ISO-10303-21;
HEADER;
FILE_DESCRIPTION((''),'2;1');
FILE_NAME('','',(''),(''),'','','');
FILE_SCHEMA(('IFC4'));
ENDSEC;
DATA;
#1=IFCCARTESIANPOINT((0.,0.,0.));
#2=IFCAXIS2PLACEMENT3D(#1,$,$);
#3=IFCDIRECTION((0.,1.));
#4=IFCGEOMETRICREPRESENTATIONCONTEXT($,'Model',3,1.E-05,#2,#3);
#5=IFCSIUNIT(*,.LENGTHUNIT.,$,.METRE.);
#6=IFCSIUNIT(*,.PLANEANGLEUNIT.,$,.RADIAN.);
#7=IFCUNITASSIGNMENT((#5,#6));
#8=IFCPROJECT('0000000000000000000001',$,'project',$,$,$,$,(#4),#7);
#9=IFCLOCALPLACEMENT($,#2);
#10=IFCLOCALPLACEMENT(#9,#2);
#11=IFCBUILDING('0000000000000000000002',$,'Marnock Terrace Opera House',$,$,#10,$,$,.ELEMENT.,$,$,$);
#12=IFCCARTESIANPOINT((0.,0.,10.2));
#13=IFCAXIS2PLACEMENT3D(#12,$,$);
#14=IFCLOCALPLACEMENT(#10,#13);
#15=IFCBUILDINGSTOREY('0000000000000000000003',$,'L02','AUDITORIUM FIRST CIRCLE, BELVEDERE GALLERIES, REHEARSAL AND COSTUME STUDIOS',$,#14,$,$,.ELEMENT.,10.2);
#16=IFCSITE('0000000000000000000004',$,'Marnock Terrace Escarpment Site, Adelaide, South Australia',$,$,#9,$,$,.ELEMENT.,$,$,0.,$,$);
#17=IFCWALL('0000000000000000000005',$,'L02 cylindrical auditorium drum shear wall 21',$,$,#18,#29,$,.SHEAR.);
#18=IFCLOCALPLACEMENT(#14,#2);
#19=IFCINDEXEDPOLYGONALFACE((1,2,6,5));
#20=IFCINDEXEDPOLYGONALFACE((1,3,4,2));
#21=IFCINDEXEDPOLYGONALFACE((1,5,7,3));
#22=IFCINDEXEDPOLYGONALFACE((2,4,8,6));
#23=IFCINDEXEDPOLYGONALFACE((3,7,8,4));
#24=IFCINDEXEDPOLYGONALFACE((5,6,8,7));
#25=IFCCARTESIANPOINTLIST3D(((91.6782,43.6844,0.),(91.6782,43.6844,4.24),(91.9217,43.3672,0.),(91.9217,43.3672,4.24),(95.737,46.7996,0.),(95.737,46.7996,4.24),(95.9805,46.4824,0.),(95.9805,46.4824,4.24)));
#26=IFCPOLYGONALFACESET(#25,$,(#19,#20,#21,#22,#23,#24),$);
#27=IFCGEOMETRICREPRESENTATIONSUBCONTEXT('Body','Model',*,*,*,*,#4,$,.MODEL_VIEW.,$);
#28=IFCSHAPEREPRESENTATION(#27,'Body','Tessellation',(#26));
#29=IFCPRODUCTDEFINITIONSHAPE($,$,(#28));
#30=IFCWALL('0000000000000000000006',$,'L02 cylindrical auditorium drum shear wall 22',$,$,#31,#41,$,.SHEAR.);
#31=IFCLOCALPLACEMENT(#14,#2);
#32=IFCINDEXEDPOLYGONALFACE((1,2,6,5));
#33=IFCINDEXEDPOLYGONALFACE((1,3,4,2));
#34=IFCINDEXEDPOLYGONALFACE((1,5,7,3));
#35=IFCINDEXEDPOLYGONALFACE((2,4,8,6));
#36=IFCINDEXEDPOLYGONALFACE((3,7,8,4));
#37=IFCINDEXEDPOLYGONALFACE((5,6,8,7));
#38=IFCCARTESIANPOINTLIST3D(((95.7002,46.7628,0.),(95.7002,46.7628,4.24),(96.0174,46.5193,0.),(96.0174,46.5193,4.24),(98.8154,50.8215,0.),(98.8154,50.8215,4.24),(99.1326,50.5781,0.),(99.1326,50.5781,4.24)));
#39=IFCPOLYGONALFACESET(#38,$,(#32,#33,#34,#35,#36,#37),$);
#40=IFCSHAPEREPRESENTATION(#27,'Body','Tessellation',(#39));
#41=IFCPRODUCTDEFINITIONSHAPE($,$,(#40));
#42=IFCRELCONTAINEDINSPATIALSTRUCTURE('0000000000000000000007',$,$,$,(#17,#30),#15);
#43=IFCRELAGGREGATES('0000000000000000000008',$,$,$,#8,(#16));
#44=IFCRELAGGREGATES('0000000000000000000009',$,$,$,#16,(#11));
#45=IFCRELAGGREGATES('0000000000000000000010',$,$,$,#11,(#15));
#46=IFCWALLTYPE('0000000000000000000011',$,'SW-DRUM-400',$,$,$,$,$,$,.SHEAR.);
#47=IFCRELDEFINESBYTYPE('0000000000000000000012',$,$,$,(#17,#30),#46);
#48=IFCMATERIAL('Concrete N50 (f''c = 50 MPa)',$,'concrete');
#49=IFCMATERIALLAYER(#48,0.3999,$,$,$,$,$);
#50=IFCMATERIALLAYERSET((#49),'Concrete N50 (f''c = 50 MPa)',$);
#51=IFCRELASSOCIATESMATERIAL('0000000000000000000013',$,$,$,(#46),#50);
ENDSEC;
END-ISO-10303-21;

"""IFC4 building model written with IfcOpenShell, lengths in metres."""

from ifc_helpers import new_model, si_unit, direction, frame, frame_2d, origin, place, context, subcontext, project, spatial, rectangle, extrude, material, layer, layer_set, type_object, element, save


model = new_model("IFC4")

# Units and contexts
model_context = context("Model", 3, precision=1e-05, world=origin(), true_north=direction((0.0, 1.0)))
body_context = subcontext(model_context, "Body", "Model", "MODEL_VIEW")
ifc_project = project(units=[si_unit("LENGTHUNIT", "METRE"), si_unit("PLANEANGLEUNIT", "RADIAN")], contexts=[model_context])

# Site, building, storey
site_placement = place(None, origin())
site = spatial("IfcSite", under=ifc_project, at=site_placement, Name="Marnock Terrace Escarpment Site, Adelaide, South Australia", CompositionType="ELEMENT", RefElevation=0.0)
building_placement = place(site_placement, origin())
building = spatial("IfcBuilding", under=site, at=building_placement, Name="Marnock Terrace Opera House", CompositionType="ELEMENT")
storey_placement = place(building_placement, frame((0.0, 0.0, 10.2)))
storey = spatial("IfcBuildingStorey", under=building, at=storey_placement, Name="L02", Description="AUDITORIUM FIRST CIRCLE, BELVEDERE GALLERIES, REHEARSAL AND COSTUME STUDIOS", CompositionType="ELEMENT", Elevation=10.2)

# Shared definitions
ifc_material_1 = material(Name="Concrete N50 (f'c = 50 MPa)", Category="concrete")

# Shared definitions
ifc_layer_1 = layer(ifc_material_1, 0.3999)
ifc_layer_set_1 = layer_set([ifc_layer_1], Name="Concrete N50 (f'c = 50 MPa)")
wall_type = type_object("IfcWallType", Name="SW-DRUM-400", PredefinedType="SHEAR", material=ifc_layer_set_1)

# Walls
for number, where, z_axis, x_axis, name in (
    (1, (91.8, 43.5259, 0.0), (0.0, 0.0, 1.0), (0.79328, 0.608857, 0.0), "L02 cylindrical auditorium drum shear wall 21"),
    (2, (95.8589, 46.6411, 0.0), (0.0, 0.0, 1.0), (0.608857, 0.79328, 0.0), "L02 cylindrical auditorium drum shear wall 22"),
):
    element("IfcWall", number, at=place(storey_placement, frame(where, z_axis=z_axis, x_axis=x_axis)), inside=storey, type_object=wall_type, Name=name, PredefinedType="SHEAR", context=body_context, shape_type="SweptSolid", body=[
        extrude(rectangle(XDim=5.1165, YDim=0.3999, at=frame_2d((2.5581, 0.0))), origin(), (0.0, 0.0, 1.0), 4.24),
    ])

save(model, "model.ifc")
